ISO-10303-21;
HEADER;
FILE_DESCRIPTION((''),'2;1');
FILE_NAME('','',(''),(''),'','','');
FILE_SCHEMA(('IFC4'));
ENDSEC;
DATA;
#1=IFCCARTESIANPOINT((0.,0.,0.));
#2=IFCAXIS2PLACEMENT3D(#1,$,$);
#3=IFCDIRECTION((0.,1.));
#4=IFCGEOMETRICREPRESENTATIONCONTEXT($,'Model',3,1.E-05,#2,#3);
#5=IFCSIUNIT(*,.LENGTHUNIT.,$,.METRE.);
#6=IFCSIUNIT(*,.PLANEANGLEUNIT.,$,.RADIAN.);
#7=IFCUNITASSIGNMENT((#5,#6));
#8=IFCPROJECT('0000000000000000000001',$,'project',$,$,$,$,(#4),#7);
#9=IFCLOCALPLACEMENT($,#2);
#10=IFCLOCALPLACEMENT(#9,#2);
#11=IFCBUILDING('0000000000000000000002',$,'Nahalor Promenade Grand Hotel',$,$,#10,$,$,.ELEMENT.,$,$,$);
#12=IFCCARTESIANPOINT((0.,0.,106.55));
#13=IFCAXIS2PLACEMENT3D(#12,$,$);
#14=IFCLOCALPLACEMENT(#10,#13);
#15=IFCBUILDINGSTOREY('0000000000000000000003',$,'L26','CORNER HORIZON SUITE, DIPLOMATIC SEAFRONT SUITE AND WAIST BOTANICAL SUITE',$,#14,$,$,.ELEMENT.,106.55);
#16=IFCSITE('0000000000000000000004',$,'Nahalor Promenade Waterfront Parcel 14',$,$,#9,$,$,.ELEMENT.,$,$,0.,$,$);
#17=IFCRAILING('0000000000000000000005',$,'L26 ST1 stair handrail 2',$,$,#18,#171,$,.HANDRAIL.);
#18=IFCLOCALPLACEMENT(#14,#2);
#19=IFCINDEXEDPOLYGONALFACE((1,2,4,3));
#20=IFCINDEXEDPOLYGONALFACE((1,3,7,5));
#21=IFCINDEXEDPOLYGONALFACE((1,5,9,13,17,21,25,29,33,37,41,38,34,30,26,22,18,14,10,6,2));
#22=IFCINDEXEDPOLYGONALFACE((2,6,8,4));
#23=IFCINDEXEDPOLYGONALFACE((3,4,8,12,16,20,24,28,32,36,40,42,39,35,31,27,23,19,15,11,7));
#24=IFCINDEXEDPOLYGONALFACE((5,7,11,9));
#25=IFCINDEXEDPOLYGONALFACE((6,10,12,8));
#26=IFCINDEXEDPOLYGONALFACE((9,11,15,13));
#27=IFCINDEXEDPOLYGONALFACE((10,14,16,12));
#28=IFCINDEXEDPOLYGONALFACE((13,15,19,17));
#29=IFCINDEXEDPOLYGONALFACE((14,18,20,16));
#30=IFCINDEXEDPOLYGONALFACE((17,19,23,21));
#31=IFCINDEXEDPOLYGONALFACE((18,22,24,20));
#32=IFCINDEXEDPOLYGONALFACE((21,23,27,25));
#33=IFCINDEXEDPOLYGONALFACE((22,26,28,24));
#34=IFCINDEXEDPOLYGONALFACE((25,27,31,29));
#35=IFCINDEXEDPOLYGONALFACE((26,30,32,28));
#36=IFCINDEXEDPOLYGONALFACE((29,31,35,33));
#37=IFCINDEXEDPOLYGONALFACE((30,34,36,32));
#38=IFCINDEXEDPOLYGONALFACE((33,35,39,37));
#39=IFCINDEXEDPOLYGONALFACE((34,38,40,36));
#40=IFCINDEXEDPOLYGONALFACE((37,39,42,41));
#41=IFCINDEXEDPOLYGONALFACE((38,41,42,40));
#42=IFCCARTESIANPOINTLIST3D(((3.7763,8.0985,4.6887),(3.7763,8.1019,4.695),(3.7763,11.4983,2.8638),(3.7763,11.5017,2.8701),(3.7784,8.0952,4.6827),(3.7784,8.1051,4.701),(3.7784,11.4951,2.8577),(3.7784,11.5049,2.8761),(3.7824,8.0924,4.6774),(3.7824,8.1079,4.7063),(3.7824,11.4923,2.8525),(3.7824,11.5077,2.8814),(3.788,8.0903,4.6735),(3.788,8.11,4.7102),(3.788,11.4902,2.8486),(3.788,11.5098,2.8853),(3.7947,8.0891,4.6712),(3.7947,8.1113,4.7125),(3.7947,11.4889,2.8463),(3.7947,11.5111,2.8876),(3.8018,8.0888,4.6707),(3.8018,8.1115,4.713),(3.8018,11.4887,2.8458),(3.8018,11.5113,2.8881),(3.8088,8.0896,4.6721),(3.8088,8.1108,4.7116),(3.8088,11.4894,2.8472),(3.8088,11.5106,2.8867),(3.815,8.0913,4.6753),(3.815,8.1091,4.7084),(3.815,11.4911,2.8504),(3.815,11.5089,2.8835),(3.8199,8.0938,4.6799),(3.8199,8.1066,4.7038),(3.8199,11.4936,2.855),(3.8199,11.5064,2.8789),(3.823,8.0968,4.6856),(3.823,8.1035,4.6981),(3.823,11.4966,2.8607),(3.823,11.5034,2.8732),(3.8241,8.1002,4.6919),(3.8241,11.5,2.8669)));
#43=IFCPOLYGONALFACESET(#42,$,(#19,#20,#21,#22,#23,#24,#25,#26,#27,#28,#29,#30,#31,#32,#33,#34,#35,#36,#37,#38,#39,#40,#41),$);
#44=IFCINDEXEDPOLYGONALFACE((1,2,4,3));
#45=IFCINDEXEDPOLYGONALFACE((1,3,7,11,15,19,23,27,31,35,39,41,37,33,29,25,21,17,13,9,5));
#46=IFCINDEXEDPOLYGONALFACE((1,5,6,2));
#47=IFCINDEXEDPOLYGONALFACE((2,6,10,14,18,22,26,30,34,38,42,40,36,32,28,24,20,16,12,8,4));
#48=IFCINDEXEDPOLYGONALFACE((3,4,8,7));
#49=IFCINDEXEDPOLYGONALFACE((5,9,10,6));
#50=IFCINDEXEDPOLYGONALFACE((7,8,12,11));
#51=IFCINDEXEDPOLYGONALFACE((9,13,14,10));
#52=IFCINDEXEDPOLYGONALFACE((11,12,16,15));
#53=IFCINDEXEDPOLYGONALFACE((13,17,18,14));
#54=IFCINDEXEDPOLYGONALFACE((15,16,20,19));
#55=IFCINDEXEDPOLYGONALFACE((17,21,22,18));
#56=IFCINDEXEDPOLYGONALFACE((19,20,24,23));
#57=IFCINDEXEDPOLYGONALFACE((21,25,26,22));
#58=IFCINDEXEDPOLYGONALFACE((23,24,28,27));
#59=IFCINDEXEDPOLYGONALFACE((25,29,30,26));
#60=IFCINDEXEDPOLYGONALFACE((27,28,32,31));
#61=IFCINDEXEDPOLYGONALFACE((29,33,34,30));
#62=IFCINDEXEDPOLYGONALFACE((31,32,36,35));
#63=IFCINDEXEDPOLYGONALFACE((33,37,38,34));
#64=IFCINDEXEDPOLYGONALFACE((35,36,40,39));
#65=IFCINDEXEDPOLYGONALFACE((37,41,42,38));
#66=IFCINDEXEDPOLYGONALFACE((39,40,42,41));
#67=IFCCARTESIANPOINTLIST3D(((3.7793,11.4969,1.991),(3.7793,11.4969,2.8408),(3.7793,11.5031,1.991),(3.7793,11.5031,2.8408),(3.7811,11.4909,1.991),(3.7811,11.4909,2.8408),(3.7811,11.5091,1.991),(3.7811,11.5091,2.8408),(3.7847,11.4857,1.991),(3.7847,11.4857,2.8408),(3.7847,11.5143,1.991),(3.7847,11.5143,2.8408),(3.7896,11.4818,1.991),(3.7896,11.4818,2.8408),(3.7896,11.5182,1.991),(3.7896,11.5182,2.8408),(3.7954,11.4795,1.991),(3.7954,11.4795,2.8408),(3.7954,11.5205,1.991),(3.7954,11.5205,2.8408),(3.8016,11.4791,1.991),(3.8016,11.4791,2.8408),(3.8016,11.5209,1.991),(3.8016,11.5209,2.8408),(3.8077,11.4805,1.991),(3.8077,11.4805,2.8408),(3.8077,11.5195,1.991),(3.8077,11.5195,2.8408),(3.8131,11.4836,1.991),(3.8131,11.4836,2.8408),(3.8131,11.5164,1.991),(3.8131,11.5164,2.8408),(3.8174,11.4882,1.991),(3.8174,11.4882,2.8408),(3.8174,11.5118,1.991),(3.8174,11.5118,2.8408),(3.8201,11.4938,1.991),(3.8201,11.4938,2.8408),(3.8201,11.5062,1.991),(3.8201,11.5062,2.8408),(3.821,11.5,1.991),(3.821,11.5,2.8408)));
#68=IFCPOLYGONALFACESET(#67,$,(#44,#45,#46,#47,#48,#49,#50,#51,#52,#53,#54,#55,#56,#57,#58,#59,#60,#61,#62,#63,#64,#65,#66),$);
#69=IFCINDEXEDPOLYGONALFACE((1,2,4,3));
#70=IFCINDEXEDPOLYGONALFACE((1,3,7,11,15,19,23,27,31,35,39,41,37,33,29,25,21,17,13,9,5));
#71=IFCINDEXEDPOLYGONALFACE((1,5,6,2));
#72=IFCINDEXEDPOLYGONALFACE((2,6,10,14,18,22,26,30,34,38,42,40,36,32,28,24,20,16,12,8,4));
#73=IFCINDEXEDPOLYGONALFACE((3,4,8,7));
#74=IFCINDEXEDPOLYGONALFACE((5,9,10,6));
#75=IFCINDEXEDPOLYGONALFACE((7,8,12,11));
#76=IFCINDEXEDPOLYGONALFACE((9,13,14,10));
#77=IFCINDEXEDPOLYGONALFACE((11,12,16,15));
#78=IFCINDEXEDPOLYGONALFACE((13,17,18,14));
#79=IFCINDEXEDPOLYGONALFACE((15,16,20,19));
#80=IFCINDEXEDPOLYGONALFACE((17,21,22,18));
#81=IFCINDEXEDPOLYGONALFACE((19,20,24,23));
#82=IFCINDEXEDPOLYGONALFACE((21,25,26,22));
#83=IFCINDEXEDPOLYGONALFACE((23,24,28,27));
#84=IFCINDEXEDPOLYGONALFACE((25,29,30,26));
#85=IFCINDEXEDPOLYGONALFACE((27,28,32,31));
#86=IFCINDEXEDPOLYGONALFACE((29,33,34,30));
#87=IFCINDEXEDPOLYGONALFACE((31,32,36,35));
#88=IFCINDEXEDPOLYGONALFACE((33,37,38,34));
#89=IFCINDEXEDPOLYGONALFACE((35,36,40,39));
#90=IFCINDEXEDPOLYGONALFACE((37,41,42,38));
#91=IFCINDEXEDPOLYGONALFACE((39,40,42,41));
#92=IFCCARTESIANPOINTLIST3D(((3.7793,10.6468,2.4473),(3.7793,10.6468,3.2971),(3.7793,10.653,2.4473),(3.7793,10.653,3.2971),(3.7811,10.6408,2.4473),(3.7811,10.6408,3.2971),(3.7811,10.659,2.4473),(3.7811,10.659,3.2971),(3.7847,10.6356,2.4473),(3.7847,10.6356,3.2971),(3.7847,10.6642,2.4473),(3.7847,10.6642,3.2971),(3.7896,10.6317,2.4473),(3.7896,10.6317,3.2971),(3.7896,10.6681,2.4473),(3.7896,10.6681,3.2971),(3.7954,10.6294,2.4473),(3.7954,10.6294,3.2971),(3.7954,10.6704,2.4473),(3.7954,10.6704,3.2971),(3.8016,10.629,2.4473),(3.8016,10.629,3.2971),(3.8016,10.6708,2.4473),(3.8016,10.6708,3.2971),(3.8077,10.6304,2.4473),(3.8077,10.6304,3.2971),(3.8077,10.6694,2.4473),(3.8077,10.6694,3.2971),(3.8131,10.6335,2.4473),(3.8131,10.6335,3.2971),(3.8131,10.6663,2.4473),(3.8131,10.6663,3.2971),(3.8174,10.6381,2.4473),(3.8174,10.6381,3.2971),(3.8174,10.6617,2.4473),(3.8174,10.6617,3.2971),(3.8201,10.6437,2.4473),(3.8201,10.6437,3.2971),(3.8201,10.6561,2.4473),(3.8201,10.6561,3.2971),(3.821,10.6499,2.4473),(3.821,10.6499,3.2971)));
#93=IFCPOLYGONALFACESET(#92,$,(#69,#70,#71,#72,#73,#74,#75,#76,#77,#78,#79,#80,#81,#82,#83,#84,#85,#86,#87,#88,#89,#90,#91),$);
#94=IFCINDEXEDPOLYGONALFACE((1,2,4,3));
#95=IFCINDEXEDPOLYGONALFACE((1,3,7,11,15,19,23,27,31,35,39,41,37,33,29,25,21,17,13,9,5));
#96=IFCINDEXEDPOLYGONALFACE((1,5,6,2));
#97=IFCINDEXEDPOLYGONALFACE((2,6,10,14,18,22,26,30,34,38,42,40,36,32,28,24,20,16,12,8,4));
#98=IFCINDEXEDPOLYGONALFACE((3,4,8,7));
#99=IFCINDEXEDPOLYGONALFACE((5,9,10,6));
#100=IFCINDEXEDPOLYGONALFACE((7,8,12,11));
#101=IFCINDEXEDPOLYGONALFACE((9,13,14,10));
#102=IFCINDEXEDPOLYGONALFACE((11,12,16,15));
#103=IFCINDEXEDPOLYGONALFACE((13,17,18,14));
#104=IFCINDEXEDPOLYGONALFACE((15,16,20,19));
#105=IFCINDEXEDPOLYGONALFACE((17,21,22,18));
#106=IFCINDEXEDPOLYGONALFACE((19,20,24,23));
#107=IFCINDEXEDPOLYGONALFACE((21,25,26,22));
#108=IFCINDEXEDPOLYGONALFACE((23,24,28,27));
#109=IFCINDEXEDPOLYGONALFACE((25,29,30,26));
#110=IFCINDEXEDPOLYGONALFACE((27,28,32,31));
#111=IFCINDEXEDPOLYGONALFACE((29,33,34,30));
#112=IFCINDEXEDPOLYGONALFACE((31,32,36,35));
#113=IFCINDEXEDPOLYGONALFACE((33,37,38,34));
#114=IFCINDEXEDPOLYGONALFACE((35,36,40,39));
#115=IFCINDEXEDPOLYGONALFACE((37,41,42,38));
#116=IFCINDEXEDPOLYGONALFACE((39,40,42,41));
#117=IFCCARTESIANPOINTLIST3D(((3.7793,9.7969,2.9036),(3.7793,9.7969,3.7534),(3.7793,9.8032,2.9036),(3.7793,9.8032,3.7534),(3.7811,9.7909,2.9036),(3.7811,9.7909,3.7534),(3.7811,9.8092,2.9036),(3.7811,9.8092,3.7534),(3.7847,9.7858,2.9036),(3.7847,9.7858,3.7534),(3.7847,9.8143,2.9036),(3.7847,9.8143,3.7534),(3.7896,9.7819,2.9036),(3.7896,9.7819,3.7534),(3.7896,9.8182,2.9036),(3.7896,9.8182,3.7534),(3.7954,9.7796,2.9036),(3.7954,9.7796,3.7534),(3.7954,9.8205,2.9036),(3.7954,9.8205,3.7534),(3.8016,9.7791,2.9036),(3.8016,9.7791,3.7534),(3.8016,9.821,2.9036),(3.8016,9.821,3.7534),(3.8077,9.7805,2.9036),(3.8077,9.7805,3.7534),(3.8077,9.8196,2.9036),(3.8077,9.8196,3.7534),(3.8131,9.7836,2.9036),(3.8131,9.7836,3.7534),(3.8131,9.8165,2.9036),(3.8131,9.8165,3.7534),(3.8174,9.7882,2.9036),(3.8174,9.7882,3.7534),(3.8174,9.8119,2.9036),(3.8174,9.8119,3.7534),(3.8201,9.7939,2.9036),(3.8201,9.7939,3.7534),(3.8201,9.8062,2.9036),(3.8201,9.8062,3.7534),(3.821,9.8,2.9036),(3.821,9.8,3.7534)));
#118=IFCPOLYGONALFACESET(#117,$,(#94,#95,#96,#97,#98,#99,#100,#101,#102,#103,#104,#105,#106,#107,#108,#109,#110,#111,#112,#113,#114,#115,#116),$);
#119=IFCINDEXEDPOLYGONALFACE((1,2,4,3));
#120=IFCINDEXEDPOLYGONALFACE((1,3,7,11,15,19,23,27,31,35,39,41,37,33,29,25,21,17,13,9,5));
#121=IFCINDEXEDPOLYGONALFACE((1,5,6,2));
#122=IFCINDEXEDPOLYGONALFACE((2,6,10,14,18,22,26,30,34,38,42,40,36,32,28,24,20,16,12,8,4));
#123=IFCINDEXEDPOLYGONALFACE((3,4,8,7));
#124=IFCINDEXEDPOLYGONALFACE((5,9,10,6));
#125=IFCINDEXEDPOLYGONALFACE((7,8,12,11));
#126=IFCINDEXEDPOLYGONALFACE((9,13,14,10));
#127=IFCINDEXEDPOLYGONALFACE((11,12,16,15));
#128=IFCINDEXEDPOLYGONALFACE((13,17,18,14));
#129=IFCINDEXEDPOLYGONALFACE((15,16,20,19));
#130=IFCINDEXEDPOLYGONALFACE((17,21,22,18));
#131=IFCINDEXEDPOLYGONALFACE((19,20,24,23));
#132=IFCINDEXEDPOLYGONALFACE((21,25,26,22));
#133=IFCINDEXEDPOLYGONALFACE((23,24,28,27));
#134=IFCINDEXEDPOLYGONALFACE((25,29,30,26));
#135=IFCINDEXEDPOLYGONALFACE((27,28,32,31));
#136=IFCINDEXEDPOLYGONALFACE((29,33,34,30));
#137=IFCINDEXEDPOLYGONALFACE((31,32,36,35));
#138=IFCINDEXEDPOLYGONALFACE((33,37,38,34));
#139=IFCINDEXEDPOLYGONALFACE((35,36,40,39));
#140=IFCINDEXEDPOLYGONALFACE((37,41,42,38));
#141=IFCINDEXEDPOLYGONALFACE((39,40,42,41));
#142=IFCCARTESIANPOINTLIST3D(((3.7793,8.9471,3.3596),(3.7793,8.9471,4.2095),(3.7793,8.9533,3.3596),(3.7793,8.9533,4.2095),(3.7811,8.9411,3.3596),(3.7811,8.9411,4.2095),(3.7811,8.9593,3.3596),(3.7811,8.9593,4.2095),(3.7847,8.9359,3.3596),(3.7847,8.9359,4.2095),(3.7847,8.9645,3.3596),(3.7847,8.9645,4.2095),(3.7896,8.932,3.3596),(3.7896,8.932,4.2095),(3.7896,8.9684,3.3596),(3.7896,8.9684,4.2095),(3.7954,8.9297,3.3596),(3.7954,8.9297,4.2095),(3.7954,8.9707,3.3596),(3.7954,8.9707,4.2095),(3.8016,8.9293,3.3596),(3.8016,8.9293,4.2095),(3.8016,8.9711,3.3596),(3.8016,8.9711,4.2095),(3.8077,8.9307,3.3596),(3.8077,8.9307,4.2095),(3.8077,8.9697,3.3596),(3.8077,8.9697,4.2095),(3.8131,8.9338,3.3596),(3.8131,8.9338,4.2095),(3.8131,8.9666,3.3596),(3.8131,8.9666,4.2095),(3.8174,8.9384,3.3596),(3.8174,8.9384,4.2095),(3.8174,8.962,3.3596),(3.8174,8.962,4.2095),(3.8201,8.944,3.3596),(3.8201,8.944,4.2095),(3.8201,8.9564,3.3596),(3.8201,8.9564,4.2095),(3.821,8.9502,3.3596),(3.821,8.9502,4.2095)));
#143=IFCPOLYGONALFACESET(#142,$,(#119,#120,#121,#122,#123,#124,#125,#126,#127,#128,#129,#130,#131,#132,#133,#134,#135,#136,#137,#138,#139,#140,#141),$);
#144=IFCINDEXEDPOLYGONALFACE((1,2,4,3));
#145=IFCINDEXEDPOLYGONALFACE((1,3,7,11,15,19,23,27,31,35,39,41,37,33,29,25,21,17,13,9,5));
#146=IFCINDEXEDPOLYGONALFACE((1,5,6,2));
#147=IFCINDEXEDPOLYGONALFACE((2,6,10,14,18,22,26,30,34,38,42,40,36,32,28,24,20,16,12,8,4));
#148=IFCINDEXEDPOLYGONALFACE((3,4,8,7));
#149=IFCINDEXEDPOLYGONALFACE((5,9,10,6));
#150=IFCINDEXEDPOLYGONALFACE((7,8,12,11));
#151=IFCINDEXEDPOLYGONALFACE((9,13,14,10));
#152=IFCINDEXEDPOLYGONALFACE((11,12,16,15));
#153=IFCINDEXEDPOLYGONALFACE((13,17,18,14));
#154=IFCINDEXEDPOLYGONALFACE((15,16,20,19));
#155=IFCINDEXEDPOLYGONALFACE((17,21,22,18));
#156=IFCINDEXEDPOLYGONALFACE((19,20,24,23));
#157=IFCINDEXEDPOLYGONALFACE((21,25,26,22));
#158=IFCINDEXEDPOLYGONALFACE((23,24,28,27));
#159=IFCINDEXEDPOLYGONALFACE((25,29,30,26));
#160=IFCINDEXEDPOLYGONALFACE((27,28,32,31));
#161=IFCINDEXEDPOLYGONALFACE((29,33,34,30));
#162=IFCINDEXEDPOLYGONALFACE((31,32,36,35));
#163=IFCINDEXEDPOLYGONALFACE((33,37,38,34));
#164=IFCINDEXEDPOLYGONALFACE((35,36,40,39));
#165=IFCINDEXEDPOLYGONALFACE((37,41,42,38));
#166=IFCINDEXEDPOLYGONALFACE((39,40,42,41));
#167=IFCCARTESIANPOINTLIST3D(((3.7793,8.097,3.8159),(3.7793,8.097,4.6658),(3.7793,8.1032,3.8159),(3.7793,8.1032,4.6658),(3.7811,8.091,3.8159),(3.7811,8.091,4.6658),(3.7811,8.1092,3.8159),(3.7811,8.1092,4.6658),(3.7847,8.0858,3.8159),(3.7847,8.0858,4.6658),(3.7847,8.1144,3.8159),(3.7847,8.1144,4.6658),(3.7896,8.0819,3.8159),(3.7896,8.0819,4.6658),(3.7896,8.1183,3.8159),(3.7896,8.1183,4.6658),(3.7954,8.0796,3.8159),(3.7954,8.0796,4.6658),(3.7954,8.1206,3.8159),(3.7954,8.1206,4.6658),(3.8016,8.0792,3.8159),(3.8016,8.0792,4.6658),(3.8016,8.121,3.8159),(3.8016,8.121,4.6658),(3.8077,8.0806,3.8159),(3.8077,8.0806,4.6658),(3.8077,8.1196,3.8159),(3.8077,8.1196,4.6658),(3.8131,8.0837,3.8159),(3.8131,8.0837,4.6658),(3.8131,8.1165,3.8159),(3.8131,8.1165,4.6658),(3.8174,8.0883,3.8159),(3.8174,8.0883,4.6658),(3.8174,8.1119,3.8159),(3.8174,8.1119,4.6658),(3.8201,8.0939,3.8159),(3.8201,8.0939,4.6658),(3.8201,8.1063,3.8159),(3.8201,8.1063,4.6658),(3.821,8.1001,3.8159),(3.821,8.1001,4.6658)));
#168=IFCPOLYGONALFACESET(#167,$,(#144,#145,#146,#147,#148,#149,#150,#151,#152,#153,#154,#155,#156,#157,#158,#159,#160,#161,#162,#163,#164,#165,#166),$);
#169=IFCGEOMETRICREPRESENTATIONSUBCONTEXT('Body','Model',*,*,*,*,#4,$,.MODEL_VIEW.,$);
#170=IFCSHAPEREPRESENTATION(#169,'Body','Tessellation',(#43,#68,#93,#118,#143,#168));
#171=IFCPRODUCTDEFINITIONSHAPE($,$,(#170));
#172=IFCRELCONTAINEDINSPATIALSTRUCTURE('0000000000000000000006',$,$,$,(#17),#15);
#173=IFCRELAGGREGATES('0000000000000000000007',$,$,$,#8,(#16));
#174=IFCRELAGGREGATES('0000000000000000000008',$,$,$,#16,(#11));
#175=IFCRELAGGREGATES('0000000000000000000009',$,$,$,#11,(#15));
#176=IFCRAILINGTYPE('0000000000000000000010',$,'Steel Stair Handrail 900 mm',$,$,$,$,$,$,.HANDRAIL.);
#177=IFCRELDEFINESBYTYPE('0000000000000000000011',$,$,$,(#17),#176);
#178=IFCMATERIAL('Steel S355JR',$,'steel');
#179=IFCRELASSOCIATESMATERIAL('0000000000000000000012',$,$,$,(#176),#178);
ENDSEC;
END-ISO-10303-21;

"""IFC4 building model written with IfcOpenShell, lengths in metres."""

from ifc_helpers import new_model, si_unit, direction, frame, origin, origin_2d, place, context, subcontext, project, spatial, circle, extrude, material, type_object, element, save


model = new_model("IFC4")

# Units and contexts
model_context = context("Model", 3, precision=1e-05, world=origin(), true_north=direction((0.0, 1.0)))
body_context = subcontext(model_context, "Body", "Model", "MODEL_VIEW")
ifc_project = project(units=[si_unit("LENGTHUNIT", "METRE"), si_unit("PLANEANGLEUNIT", "RADIAN")], contexts=[model_context])

# Site, building, storey
site_placement = place(None, origin())
site = spatial("IfcSite", under=ifc_project, at=site_placement, Name="Nahalor Promenade Waterfront Parcel 14", CompositionType="ELEMENT", RefElevation=0.0)
building_placement = place(site_placement, origin())
building = spatial("IfcBuilding", under=site, at=building_placement, Name="Nahalor Promenade Grand Hotel", CompositionType="ELEMENT")
storey_placement = place(building_placement, frame((0.0, 0.0, 106.55)))
storey = spatial("IfcBuildingStorey", under=building, at=storey_placement, Name="L26", Description="CORNER HORIZON SUITE, DIPLOMATIC SEAFRONT SUITE AND WAIST BOTANICAL SUITE", CompositionType="ELEMENT", Elevation=106.55)

# Shared definitions
ifc_material_1 = material(Name="Steel S355JR", Category="steel")

# Railing
railing_type_1 = type_object("IfcRailingType", Name="Steel Stair Handrail 900 mm", PredefinedType="HANDRAIL", material=ifc_material_1)
railing_1_placement = place(storey_placement, frame((3.8, 11.5, 1.991)))
element("IfcRailing", 1, at=railing_1_placement, inside=storey, type_object=railing_type_1, Name="L26 ST1 stair handrail 2", PredefinedType="HANDRAIL", context=body_context, shape_type="SweptSolid", body=[
    extrude(circle(Radius=0.024, at=origin_2d()), frame((0.0, 0.0, 0.876), z_axis=(0.0, -0.881094, 0.472941), x_axis=(1.0, 0.0, 0.0)), (0.0, 0.0, 1.0), 3.8586),
    extrude(circle(Radius=0.021, at=origin_2d()), origin(), (0.0, 0.0, 1.0), 0.8499),
    extrude(circle(Radius=0.021, at=origin_2d()), frame((0.0, -0.8501, 0.4563)), (0.0, 0.0, 1.0), 0.8499),
    extrude(circle(Radius=0.021, at=origin_2d()), frame((0.0, -1.7, 0.9126)), (0.0, 0.0, 1.0), 0.8499),
    extrude(circle(Radius=0.021, at=origin_2d()), frame((0.0, -2.5498, 1.3687)), (0.0, 0.0, 1.0), 0.8499),
    extrude(circle(Radius=0.021, at=origin_2d()), frame((0.0, -3.3999, 1.825)), (0.0, 0.0, 1.0), 0.8499),
])

save(model, "model.ifc")
